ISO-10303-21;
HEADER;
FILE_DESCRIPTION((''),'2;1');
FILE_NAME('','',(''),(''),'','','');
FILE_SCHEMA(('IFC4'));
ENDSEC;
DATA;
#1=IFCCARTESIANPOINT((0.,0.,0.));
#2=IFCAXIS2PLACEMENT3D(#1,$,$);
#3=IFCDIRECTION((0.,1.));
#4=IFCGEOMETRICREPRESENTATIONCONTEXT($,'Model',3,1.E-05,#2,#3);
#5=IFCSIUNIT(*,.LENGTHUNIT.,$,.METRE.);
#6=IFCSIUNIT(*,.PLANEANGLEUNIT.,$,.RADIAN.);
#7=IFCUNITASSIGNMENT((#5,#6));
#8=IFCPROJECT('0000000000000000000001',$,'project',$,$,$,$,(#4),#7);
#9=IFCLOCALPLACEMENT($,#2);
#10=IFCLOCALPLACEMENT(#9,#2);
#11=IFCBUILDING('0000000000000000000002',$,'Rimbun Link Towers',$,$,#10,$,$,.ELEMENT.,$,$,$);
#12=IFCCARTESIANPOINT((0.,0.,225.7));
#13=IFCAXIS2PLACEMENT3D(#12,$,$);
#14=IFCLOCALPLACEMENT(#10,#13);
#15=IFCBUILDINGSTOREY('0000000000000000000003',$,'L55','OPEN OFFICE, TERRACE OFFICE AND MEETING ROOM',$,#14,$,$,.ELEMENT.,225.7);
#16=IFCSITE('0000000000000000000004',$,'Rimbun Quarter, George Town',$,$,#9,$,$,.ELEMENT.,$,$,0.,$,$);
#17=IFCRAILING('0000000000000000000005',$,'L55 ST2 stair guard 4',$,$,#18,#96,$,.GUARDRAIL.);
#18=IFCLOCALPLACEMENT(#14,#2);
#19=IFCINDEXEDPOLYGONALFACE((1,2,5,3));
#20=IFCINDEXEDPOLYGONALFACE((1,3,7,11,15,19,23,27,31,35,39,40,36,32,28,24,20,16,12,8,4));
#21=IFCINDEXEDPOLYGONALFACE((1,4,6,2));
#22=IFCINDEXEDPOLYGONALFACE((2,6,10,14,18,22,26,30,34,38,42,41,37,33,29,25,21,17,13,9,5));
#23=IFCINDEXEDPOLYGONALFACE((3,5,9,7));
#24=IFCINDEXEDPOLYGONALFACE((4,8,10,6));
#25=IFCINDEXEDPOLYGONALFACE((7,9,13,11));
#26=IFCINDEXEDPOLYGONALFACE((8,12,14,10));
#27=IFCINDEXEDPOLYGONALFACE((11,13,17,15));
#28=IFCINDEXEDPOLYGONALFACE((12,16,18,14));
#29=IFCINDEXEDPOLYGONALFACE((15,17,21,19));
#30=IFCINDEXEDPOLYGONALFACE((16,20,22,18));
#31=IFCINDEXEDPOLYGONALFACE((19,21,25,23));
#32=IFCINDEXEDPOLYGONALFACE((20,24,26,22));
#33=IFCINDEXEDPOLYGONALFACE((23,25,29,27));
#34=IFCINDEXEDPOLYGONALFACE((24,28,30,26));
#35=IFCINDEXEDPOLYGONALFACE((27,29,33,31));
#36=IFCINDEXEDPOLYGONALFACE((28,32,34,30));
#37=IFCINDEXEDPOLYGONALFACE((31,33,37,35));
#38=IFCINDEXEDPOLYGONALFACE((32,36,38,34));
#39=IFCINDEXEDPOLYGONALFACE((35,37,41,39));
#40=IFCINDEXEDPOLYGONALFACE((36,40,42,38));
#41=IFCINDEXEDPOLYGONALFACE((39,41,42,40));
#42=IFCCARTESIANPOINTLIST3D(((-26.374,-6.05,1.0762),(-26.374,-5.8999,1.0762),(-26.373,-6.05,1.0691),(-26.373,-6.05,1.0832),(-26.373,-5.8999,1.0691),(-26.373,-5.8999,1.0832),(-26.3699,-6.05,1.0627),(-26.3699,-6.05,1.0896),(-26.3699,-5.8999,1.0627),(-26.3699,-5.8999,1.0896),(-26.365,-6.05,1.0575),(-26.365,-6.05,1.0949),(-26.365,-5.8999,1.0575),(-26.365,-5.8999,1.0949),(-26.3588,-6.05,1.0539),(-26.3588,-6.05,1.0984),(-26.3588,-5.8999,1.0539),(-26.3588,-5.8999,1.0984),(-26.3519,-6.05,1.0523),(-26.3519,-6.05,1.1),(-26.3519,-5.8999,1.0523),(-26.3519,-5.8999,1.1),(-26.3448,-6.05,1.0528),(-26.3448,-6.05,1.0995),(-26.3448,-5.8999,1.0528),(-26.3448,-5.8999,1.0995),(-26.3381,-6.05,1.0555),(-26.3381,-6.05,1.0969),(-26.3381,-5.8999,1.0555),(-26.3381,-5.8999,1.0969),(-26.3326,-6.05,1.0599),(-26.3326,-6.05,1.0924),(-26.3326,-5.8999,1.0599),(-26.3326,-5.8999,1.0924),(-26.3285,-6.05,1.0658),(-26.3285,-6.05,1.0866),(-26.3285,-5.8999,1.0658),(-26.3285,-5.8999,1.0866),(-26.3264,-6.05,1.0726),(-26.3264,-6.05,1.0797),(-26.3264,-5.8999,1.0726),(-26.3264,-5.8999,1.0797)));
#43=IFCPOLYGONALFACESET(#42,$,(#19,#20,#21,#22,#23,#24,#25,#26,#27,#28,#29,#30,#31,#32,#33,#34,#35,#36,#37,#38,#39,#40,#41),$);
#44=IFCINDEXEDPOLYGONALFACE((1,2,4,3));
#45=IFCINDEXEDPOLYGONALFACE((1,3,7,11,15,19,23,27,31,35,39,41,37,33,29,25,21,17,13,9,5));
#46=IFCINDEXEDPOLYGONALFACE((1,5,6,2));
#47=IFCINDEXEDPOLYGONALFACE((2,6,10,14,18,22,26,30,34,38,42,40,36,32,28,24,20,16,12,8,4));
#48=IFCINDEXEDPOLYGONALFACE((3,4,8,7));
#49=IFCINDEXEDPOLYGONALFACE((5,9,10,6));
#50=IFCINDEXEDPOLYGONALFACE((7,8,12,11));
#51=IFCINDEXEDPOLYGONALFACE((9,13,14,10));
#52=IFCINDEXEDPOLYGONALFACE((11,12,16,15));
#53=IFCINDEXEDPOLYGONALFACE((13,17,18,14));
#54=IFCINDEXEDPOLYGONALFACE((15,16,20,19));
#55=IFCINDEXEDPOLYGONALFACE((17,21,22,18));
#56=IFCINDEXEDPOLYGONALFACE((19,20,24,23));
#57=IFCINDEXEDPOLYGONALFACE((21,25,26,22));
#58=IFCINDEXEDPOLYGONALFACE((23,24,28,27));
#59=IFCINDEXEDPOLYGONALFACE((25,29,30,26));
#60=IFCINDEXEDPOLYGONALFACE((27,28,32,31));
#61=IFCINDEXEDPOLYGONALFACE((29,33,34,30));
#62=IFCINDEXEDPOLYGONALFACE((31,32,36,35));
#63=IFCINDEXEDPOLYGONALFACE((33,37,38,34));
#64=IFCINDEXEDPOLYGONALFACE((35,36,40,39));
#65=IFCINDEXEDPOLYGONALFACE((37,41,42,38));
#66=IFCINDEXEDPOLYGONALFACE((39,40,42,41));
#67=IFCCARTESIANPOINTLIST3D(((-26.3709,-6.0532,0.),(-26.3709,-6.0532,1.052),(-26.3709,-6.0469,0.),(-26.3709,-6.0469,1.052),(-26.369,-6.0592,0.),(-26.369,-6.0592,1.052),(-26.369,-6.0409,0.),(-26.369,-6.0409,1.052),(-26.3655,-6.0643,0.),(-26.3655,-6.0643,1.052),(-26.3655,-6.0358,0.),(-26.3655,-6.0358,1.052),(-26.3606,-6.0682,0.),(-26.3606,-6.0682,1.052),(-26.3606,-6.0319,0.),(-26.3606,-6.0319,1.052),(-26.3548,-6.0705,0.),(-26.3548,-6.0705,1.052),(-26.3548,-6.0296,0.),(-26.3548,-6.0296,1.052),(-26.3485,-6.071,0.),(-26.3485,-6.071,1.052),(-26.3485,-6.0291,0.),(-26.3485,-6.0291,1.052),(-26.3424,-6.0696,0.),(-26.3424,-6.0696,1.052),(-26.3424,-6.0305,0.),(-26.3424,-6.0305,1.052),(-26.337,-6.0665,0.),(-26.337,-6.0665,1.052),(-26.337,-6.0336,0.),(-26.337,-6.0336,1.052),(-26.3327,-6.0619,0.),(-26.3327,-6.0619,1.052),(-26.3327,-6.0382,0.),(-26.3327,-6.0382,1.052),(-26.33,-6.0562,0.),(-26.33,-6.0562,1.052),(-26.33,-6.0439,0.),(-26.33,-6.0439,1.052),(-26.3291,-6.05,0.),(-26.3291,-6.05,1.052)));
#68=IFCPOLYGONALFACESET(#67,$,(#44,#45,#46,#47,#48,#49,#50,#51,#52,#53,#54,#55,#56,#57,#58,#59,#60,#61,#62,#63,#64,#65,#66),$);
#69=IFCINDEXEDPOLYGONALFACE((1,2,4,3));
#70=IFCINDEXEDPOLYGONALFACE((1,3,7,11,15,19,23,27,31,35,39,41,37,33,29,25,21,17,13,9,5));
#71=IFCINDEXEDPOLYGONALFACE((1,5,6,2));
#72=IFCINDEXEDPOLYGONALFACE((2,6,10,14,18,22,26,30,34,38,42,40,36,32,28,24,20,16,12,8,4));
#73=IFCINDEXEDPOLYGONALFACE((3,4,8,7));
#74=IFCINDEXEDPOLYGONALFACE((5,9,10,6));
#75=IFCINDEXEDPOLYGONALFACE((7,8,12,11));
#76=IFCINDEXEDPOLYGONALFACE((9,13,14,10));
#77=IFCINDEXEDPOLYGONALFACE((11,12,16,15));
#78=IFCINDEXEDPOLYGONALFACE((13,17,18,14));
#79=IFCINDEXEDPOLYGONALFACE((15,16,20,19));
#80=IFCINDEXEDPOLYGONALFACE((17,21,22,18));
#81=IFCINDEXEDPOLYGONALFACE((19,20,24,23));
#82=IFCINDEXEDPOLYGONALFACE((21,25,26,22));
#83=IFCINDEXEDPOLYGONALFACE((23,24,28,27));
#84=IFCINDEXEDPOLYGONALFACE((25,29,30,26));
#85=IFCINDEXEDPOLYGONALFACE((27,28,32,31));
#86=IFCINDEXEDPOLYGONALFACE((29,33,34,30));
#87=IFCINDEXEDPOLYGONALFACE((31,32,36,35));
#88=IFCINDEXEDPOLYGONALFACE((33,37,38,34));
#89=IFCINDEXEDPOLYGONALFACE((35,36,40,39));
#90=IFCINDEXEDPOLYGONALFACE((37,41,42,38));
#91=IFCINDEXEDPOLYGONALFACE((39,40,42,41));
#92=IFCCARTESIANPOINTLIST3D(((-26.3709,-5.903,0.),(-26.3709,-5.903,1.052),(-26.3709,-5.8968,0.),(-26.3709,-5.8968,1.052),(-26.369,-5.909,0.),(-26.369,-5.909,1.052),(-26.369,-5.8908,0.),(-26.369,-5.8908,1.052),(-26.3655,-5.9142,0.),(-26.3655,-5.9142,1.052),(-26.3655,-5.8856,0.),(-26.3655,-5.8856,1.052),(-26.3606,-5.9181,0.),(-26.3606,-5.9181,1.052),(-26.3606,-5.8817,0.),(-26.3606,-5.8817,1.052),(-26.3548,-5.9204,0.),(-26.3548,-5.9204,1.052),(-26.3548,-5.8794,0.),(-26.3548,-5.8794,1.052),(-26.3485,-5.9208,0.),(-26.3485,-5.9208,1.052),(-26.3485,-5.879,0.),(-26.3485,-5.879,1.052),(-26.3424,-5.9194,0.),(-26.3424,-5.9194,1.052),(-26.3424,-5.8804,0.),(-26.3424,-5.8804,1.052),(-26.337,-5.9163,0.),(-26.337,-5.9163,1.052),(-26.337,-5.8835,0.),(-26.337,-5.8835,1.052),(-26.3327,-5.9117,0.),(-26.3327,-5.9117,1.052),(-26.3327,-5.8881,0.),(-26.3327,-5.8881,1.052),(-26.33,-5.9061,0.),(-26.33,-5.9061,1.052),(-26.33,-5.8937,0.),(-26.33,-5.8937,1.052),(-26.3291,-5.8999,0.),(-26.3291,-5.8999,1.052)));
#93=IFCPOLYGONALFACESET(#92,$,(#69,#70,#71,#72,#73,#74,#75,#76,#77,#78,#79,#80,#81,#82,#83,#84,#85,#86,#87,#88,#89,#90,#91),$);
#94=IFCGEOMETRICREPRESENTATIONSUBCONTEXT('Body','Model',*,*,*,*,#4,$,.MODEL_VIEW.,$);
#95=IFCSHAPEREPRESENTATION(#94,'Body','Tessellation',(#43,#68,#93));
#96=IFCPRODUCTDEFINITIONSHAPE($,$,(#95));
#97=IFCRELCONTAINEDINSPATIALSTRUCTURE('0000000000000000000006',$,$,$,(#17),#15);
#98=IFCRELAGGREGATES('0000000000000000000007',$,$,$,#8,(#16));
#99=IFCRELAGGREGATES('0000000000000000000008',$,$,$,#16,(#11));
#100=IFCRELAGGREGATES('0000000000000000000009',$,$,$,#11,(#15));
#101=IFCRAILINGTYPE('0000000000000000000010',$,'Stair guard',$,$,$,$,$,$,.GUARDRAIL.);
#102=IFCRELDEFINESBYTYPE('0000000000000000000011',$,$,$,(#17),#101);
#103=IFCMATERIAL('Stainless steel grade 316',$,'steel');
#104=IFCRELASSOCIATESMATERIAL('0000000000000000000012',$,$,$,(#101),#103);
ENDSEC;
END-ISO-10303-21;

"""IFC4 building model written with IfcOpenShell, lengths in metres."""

from ifc_helpers import new_model, si_unit, direction, frame, origin, origin_2d, place, context, subcontext, project, spatial, circle, extrude, material, type_object, element, save


model = new_model("IFC4")

# Units and contexts
model_context = context("Model", 3, precision=1e-05, world=origin(), true_north=direction((0.0, 1.0)))
body_context = subcontext(model_context, "Body", "Model", "MODEL_VIEW")
ifc_project = project(units=[si_unit("LENGTHUNIT", "METRE"), si_unit("PLANEANGLEUNIT", "RADIAN")], contexts=[model_context])

# Site, building, storey
site_placement = place(None, origin())
site = spatial("IfcSite", under=ifc_project, at=site_placement, Name="Rimbun Quarter, George Town", CompositionType="ELEMENT", RefElevation=0.0)
building_placement = place(site_placement, origin())
building = spatial("IfcBuilding", under=site, at=building_placement, Name="Rimbun Link Towers", CompositionType="ELEMENT")
storey_placement = place(building_placement, frame((0.0, 0.0, 225.7)))
storey = spatial("IfcBuildingStorey", under=building, at=storey_placement, Name="L55", Description="OPEN OFFICE, TERRACE OFFICE AND MEETING ROOM", CompositionType="ELEMENT", Elevation=225.7)

# Railing
ifc_material_1 = material(Name="Stainless steel grade 316", Category="steel")
railing_type_1 = type_object("IfcRailingType", Name="Stair guard", PredefinedType="GUARDRAIL", material=ifc_material_1)
railing_1_placement = place(storey_placement, frame((-26.3501, -6.05, 0.0)))
element("IfcRailing", 1, at=railing_1_placement, inside=storey, type_object=railing_type_1, Name="L55 ST2 stair guard 4", PredefinedType="GUARDRAIL", context=body_context, shape_type="SweptSolid", body=[
    extrude(circle(Radius=0.0239, at=origin_2d()), frame((0.0, 0.0, 1.0762), z_axis=(0.0, 1.0, 0.0), x_axis=(-1.0, 0.0, 0.0)), (0.0, 0.0, 1.0), 0.1501),
    extrude(circle(Radius=0.021, at=origin_2d()), origin(), (0.0, 0.0, 1.0), 1.052),
    extrude(circle(Radius=0.021, at=origin_2d()), frame((0.0, 0.1501, 0.0)), (0.0, 0.0, 1.0), 1.052),
])

save(model, "model.ifc")
